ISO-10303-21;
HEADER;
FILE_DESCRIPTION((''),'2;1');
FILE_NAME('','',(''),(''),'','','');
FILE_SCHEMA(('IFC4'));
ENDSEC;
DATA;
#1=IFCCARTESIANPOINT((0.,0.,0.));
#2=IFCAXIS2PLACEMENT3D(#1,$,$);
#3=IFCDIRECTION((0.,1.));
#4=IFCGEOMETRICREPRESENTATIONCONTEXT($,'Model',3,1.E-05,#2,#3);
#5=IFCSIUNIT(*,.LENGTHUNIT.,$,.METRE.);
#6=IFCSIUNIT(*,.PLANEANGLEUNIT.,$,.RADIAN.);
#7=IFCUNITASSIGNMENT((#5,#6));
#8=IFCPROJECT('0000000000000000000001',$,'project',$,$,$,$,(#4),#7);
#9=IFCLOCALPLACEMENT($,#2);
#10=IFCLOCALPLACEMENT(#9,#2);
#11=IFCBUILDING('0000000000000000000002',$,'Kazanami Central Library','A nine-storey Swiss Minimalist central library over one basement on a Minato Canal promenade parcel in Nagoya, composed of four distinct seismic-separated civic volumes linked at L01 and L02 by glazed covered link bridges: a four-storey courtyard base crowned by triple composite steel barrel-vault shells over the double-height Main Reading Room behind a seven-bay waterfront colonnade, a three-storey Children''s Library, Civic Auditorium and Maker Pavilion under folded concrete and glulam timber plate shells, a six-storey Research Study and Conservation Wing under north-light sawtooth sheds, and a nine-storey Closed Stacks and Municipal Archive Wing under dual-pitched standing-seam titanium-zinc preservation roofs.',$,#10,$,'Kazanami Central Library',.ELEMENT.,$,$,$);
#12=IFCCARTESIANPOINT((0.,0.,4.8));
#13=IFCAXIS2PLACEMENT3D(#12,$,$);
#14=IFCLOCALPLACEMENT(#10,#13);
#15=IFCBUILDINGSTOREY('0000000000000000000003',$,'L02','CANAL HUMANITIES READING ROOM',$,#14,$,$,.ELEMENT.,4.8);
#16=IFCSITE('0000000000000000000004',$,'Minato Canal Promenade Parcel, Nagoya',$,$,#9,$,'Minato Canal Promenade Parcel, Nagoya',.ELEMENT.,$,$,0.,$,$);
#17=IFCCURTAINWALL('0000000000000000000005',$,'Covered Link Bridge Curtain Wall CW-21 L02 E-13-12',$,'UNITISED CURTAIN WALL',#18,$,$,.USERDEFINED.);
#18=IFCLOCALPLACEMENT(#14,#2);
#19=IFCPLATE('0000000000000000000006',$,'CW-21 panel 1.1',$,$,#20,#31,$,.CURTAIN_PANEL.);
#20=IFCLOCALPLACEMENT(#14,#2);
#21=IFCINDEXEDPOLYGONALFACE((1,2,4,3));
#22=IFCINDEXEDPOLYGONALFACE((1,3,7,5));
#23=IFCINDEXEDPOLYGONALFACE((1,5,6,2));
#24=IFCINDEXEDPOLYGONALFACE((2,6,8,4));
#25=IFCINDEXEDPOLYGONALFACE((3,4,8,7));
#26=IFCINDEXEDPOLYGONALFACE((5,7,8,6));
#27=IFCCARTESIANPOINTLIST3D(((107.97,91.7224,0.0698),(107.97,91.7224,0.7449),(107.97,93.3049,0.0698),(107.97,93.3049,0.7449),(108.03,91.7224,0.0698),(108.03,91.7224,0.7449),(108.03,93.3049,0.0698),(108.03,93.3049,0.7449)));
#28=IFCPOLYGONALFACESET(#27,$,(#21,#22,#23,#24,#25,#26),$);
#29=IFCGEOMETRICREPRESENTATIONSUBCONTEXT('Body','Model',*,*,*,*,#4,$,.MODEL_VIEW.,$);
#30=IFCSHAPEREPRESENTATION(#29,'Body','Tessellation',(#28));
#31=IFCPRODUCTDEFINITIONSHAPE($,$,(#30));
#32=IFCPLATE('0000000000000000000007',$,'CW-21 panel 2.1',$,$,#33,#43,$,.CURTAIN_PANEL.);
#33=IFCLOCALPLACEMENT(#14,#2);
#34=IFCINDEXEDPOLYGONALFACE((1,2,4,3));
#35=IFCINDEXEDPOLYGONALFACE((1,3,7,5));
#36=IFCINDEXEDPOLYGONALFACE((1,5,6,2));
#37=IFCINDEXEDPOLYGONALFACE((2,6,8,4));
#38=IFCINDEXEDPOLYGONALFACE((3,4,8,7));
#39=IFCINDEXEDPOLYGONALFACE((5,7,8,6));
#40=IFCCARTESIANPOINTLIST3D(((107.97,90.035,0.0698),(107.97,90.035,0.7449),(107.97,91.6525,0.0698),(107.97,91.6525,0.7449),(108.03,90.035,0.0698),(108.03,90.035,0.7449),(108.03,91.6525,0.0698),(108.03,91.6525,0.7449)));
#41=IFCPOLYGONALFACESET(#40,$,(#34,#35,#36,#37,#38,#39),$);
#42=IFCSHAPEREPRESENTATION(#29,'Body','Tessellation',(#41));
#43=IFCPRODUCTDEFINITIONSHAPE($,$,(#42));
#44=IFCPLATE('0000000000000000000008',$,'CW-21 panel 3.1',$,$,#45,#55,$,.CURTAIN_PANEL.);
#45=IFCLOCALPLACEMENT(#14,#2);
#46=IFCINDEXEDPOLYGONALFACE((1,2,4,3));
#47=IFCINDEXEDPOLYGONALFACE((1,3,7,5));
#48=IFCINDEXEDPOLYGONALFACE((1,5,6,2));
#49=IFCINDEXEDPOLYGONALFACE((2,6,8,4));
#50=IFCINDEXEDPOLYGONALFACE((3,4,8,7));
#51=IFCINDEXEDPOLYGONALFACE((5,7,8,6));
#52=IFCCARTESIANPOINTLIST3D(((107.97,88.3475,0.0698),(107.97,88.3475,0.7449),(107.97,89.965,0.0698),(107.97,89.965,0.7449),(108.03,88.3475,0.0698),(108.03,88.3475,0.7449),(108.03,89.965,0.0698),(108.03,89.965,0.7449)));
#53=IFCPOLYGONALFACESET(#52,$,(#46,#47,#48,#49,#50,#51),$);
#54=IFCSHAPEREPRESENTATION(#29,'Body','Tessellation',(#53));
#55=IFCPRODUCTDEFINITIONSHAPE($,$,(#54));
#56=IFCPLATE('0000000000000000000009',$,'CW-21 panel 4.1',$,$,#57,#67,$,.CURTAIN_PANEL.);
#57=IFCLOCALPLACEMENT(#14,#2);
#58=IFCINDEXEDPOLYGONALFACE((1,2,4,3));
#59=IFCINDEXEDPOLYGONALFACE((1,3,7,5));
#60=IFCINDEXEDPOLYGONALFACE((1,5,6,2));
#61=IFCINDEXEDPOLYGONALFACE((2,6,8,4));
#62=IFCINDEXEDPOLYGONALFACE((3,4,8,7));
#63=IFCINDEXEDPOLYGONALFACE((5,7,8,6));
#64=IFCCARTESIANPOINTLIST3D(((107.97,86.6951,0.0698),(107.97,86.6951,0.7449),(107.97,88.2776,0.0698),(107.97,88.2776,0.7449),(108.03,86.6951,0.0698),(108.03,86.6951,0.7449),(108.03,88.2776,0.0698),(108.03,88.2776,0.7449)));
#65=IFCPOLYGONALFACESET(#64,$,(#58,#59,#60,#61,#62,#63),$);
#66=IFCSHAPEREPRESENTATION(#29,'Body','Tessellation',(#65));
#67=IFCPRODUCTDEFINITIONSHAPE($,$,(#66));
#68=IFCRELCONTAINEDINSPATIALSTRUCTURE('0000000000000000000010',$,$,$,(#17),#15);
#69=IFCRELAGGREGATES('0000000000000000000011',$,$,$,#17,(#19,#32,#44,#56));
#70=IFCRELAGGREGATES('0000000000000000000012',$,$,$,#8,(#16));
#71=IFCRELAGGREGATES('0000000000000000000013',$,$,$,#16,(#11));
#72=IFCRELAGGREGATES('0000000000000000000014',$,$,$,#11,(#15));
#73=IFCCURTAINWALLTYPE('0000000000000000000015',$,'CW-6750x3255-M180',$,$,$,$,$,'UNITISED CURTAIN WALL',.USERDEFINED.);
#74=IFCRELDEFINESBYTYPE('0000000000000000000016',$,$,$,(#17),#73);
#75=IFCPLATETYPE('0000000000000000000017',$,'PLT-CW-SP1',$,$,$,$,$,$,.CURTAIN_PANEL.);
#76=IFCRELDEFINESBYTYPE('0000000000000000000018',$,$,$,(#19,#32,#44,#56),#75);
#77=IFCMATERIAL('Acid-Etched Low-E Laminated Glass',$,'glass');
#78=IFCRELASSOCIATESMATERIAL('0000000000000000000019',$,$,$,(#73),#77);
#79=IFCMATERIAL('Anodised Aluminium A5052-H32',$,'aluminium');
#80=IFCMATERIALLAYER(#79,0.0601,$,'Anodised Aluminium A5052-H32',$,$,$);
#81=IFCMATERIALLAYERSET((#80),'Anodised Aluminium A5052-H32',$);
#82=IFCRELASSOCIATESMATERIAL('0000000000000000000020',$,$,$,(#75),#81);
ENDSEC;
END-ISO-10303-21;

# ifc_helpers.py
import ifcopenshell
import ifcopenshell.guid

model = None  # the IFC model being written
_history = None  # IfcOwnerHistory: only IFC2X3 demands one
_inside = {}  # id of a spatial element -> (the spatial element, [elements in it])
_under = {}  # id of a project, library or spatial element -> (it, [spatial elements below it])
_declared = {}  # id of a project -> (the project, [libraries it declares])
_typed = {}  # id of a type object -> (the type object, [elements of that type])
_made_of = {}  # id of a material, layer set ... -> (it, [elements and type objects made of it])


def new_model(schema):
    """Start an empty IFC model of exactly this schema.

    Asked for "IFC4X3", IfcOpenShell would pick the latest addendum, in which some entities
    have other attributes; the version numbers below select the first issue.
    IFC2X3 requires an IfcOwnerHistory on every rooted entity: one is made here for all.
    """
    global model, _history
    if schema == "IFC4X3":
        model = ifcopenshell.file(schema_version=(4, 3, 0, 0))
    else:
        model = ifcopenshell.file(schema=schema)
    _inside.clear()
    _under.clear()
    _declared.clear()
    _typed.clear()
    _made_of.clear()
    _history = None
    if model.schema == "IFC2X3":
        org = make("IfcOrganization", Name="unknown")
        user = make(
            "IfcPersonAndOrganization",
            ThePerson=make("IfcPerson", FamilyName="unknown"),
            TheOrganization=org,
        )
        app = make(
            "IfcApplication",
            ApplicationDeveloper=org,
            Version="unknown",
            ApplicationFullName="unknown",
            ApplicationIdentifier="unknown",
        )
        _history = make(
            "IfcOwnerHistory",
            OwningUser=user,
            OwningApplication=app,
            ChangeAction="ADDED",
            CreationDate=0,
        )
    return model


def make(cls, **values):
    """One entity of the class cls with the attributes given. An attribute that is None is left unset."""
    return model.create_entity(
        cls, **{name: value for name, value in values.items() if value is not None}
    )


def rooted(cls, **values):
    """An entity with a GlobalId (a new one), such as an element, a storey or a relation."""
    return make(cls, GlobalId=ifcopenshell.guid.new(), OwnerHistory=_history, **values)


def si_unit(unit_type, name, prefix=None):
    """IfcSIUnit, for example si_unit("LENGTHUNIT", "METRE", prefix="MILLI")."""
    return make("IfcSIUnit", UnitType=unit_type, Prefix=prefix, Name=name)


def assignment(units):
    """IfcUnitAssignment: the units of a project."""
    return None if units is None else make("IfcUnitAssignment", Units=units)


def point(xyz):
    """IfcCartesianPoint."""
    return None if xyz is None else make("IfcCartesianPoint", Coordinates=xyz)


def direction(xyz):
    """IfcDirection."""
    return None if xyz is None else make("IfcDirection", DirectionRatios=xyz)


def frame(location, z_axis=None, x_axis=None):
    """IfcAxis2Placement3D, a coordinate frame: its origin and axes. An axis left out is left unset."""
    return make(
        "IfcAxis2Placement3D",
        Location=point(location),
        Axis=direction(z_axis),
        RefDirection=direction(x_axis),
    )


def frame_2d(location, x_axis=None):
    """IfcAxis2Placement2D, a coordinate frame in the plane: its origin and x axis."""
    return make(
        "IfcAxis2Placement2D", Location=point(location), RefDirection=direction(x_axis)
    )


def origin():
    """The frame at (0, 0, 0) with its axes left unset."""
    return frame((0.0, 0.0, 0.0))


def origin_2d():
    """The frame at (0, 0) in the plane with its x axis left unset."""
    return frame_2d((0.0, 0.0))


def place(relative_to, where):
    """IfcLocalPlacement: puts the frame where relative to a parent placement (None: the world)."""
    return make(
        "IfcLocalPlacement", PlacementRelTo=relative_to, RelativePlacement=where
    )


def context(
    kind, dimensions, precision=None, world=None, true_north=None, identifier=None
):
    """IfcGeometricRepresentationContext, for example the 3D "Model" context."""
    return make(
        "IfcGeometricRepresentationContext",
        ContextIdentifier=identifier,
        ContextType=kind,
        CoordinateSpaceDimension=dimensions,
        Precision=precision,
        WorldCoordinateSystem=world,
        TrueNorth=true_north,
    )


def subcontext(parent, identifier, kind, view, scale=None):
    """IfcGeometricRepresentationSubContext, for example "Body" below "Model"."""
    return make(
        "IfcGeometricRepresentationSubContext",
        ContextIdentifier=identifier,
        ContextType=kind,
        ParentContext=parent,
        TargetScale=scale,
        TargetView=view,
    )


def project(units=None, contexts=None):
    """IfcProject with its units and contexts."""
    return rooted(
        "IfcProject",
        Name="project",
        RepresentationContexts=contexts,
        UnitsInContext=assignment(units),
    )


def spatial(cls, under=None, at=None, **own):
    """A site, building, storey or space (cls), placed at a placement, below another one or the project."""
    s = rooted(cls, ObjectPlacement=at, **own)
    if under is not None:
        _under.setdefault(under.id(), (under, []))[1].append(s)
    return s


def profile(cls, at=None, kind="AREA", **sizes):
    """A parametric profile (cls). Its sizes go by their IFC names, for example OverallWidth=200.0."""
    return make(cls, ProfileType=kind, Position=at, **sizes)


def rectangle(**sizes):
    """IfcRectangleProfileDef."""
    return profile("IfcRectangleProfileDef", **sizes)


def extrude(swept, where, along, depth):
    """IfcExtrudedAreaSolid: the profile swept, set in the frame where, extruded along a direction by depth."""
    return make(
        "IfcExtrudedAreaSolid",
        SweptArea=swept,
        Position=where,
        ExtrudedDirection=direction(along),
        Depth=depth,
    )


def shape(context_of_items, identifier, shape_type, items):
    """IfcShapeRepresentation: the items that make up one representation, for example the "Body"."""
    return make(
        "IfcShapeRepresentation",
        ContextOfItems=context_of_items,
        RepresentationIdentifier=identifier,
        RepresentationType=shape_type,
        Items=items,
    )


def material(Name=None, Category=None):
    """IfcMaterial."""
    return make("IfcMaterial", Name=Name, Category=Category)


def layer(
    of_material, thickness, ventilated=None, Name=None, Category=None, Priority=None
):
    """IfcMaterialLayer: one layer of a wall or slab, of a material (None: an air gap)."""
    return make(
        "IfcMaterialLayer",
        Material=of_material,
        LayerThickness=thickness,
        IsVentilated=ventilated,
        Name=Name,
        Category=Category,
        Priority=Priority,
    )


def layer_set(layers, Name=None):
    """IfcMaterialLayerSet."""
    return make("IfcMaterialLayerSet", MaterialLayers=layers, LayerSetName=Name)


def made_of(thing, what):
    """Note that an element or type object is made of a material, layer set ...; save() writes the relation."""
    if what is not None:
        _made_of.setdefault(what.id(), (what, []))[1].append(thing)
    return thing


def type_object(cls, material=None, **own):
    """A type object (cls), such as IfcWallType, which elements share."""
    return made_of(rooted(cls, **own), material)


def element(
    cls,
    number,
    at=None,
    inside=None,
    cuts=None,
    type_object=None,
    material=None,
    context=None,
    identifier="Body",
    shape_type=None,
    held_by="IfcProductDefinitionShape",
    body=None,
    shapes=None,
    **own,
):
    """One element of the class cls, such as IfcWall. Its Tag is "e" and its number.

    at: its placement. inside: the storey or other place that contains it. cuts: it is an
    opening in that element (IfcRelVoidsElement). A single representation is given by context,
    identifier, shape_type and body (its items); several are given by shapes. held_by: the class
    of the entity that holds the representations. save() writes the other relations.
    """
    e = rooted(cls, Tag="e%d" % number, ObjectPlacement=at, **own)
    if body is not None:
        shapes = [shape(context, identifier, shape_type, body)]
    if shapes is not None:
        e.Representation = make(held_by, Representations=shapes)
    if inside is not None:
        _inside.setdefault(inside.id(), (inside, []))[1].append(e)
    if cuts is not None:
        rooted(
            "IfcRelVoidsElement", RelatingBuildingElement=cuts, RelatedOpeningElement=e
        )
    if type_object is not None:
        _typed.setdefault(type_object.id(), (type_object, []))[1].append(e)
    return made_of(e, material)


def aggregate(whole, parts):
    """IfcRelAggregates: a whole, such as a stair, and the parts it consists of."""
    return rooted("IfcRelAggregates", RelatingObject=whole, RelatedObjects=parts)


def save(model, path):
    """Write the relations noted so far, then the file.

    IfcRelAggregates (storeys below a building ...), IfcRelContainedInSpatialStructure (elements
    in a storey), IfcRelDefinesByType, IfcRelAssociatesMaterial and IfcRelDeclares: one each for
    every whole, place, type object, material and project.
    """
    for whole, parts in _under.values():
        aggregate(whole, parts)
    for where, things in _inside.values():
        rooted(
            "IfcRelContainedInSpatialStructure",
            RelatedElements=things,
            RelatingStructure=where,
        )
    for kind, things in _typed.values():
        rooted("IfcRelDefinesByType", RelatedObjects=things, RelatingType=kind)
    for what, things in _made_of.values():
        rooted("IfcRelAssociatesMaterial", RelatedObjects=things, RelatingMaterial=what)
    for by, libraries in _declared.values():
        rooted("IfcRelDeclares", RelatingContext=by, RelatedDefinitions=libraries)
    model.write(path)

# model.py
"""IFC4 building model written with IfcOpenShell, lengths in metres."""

from ifc_helpers import new_model, si_unit, direction, frame, origin, origin_2d, place, context, subcontext, project, spatial, rectangle, extrude, material, layer, layer_set, type_object, element, aggregate, save


model = new_model("IFC4")

# Units and contexts
model_context = context("Model", 3, precision=1e-05, world=origin(), true_north=direction((0.0, 1.0)))
body_context = subcontext(model_context, "Body", "Model", "MODEL_VIEW")
ifc_project = project(units=[si_unit("LENGTHUNIT", "METRE"), si_unit("PLANEANGLEUNIT", "RADIAN")], contexts=[model_context])

# Site, building, storey
site_placement = place(None, origin())
site = spatial("IfcSite", under=ifc_project, at=site_placement, Name="Minato Canal Promenade Parcel, Nagoya", LongName="Minato Canal Promenade Parcel, Nagoya", CompositionType="ELEMENT", RefElevation=0.0)
building_placement = place(site_placement, origin())
building = spatial("IfcBuilding", under=site, at=building_placement, Name="Kazanami Central Library", Description="A nine-storey Swiss Minimalist central library over one basement on a Minato Canal promenade parcel in Nagoya, composed of four distinct seismic-separated civic volumes linked at L01 and L02 by glazed covered link bridges: a four-storey courtyard base crowned by triple composite steel barrel-vault shells over the double-height Main Reading Room behind a seven-bay waterfront colonnade, a three-storey Children's Library, Civic Auditorium and Maker Pavilion under folded concrete and glulam timber plate shells, a six-storey Research Study and Conservation Wing under north-light sawtooth sheds, and a nine-storey Closed Stacks and Municipal Archive Wing under dual-pitched standing-seam titanium-zinc preservation roofs.", LongName="Kazanami Central Library", CompositionType="ELEMENT")
storey_placement = place(building_placement, frame((0.0, 0.0, 4.8)))
storey = spatial("IfcBuildingStorey", under=building, at=storey_placement, Name="L02", Description="CANAL HUMANITIES READING ROOM", CompositionType="ELEMENT", Elevation=4.8)

# Curtain wall
ifc_material_1 = material(Name="Acid-Etched Low-E Laminated Glass", Category="glass")
curtain_wall_type_1 = type_object("IfcCurtainWallType", Name="CW-6750x3255-M180", ElementType="UNITISED CURTAIN WALL", PredefinedType="USERDEFINED", material=ifc_material_1)
curtain_wall_1_placement = place(storey_placement, origin())
curtain_wall_1 = element("IfcCurtainWall", 1, at=curtain_wall_1_placement, inside=storey, type_object=curtain_wall_type_1, Name="Covered Link Bridge Curtain Wall CW-21 L02 E-13-12", ObjectType="UNITISED CURTAIN WALL", PredefinedType="USERDEFINED")

# Plates
ifc_material_2 = material(Name="Anodised Aluminium A5052-H32", Category="aluminium")
ifc_layer_1 = layer(ifc_material_2, 0.0601, Name="Anodised Aluminium A5052-H32")
ifc_layer_set_1 = layer_set([ifc_layer_1], Name="Anodised Aluminium A5052-H32")
plate_type_1 = type_object("IfcPlateType", Name="PLT-CW-SP1", PredefinedType="CURTAIN_PANEL", material=ifc_layer_set_1)
plate_1_placement = place(storey_placement, frame((108.0, 92.5137, 0.0698), z_axis=(0.0, 0.0, 1.0), x_axis=(0.0, -1.0, 0.0)))
plate_1 = element("IfcPlate", 2, at=plate_1_placement, type_object=plate_type_1, Name="CW-21 panel 1.1", PredefinedType="CURTAIN_PANEL", context=body_context, shape_type="SweptSolid", body=[
    extrude(rectangle(XDim=1.5825, YDim=0.0601, at=origin_2d()), origin(), (0.0, 0.0, 1.0), 0.675),
])
plate_2_placement = place(storey_placement, frame((108.0, 90.8438, 0.0698), z_axis=(0.0, 0.0, 1.0), x_axis=(0.0, -1.0, 0.0)))
plate_2 = element("IfcPlate", 3, at=plate_2_placement, type_object=plate_type_1, Name="CW-21 panel 2.1", PredefinedType="CURTAIN_PANEL", context=body_context, shape_type="SweptSolid", body=[
    extrude(rectangle(XDim=1.6174, YDim=0.0601, at=origin_2d()), origin(), (0.0, 0.0, 1.0), 0.675),
])
plate_3_placement = place(storey_placement, frame((108.0, 89.1562, 0.0698), z_axis=(0.0, 0.0, 1.0), x_axis=(0.0, -1.0, 0.0)))
plate_3 = element("IfcPlate", 4, at=plate_3_placement, type_object=plate_type_1, Name="CW-21 panel 3.1", PredefinedType="CURTAIN_PANEL", context=body_context, shape_type="SweptSolid", body=[
    extrude(rectangle(XDim=1.6174, YDim=0.0601, at=origin_2d()), origin(), (0.0, 0.0, 1.0), 0.675),
])
plate_4_placement = place(storey_placement, frame((108.0, 87.4863, 0.0698), z_axis=(0.0, 0.0, 1.0), x_axis=(0.0, -1.0, 0.0)))
plate_4 = element("IfcPlate", 5, at=plate_4_placement, type_object=plate_type_1, Name="CW-21 panel 4.1", PredefinedType="CURTAIN_PANEL", context=body_context, shape_type="SweptSolid", body=[
    extrude(rectangle(XDim=1.5825, YDim=0.0601, at=origin_2d()), origin(), (0.0, 0.0, 1.0), 0.675),
])
aggregate(curtain_wall_1, [plate_1, plate_2, plate_3, plate_4])

save(model, "model.ifc")
